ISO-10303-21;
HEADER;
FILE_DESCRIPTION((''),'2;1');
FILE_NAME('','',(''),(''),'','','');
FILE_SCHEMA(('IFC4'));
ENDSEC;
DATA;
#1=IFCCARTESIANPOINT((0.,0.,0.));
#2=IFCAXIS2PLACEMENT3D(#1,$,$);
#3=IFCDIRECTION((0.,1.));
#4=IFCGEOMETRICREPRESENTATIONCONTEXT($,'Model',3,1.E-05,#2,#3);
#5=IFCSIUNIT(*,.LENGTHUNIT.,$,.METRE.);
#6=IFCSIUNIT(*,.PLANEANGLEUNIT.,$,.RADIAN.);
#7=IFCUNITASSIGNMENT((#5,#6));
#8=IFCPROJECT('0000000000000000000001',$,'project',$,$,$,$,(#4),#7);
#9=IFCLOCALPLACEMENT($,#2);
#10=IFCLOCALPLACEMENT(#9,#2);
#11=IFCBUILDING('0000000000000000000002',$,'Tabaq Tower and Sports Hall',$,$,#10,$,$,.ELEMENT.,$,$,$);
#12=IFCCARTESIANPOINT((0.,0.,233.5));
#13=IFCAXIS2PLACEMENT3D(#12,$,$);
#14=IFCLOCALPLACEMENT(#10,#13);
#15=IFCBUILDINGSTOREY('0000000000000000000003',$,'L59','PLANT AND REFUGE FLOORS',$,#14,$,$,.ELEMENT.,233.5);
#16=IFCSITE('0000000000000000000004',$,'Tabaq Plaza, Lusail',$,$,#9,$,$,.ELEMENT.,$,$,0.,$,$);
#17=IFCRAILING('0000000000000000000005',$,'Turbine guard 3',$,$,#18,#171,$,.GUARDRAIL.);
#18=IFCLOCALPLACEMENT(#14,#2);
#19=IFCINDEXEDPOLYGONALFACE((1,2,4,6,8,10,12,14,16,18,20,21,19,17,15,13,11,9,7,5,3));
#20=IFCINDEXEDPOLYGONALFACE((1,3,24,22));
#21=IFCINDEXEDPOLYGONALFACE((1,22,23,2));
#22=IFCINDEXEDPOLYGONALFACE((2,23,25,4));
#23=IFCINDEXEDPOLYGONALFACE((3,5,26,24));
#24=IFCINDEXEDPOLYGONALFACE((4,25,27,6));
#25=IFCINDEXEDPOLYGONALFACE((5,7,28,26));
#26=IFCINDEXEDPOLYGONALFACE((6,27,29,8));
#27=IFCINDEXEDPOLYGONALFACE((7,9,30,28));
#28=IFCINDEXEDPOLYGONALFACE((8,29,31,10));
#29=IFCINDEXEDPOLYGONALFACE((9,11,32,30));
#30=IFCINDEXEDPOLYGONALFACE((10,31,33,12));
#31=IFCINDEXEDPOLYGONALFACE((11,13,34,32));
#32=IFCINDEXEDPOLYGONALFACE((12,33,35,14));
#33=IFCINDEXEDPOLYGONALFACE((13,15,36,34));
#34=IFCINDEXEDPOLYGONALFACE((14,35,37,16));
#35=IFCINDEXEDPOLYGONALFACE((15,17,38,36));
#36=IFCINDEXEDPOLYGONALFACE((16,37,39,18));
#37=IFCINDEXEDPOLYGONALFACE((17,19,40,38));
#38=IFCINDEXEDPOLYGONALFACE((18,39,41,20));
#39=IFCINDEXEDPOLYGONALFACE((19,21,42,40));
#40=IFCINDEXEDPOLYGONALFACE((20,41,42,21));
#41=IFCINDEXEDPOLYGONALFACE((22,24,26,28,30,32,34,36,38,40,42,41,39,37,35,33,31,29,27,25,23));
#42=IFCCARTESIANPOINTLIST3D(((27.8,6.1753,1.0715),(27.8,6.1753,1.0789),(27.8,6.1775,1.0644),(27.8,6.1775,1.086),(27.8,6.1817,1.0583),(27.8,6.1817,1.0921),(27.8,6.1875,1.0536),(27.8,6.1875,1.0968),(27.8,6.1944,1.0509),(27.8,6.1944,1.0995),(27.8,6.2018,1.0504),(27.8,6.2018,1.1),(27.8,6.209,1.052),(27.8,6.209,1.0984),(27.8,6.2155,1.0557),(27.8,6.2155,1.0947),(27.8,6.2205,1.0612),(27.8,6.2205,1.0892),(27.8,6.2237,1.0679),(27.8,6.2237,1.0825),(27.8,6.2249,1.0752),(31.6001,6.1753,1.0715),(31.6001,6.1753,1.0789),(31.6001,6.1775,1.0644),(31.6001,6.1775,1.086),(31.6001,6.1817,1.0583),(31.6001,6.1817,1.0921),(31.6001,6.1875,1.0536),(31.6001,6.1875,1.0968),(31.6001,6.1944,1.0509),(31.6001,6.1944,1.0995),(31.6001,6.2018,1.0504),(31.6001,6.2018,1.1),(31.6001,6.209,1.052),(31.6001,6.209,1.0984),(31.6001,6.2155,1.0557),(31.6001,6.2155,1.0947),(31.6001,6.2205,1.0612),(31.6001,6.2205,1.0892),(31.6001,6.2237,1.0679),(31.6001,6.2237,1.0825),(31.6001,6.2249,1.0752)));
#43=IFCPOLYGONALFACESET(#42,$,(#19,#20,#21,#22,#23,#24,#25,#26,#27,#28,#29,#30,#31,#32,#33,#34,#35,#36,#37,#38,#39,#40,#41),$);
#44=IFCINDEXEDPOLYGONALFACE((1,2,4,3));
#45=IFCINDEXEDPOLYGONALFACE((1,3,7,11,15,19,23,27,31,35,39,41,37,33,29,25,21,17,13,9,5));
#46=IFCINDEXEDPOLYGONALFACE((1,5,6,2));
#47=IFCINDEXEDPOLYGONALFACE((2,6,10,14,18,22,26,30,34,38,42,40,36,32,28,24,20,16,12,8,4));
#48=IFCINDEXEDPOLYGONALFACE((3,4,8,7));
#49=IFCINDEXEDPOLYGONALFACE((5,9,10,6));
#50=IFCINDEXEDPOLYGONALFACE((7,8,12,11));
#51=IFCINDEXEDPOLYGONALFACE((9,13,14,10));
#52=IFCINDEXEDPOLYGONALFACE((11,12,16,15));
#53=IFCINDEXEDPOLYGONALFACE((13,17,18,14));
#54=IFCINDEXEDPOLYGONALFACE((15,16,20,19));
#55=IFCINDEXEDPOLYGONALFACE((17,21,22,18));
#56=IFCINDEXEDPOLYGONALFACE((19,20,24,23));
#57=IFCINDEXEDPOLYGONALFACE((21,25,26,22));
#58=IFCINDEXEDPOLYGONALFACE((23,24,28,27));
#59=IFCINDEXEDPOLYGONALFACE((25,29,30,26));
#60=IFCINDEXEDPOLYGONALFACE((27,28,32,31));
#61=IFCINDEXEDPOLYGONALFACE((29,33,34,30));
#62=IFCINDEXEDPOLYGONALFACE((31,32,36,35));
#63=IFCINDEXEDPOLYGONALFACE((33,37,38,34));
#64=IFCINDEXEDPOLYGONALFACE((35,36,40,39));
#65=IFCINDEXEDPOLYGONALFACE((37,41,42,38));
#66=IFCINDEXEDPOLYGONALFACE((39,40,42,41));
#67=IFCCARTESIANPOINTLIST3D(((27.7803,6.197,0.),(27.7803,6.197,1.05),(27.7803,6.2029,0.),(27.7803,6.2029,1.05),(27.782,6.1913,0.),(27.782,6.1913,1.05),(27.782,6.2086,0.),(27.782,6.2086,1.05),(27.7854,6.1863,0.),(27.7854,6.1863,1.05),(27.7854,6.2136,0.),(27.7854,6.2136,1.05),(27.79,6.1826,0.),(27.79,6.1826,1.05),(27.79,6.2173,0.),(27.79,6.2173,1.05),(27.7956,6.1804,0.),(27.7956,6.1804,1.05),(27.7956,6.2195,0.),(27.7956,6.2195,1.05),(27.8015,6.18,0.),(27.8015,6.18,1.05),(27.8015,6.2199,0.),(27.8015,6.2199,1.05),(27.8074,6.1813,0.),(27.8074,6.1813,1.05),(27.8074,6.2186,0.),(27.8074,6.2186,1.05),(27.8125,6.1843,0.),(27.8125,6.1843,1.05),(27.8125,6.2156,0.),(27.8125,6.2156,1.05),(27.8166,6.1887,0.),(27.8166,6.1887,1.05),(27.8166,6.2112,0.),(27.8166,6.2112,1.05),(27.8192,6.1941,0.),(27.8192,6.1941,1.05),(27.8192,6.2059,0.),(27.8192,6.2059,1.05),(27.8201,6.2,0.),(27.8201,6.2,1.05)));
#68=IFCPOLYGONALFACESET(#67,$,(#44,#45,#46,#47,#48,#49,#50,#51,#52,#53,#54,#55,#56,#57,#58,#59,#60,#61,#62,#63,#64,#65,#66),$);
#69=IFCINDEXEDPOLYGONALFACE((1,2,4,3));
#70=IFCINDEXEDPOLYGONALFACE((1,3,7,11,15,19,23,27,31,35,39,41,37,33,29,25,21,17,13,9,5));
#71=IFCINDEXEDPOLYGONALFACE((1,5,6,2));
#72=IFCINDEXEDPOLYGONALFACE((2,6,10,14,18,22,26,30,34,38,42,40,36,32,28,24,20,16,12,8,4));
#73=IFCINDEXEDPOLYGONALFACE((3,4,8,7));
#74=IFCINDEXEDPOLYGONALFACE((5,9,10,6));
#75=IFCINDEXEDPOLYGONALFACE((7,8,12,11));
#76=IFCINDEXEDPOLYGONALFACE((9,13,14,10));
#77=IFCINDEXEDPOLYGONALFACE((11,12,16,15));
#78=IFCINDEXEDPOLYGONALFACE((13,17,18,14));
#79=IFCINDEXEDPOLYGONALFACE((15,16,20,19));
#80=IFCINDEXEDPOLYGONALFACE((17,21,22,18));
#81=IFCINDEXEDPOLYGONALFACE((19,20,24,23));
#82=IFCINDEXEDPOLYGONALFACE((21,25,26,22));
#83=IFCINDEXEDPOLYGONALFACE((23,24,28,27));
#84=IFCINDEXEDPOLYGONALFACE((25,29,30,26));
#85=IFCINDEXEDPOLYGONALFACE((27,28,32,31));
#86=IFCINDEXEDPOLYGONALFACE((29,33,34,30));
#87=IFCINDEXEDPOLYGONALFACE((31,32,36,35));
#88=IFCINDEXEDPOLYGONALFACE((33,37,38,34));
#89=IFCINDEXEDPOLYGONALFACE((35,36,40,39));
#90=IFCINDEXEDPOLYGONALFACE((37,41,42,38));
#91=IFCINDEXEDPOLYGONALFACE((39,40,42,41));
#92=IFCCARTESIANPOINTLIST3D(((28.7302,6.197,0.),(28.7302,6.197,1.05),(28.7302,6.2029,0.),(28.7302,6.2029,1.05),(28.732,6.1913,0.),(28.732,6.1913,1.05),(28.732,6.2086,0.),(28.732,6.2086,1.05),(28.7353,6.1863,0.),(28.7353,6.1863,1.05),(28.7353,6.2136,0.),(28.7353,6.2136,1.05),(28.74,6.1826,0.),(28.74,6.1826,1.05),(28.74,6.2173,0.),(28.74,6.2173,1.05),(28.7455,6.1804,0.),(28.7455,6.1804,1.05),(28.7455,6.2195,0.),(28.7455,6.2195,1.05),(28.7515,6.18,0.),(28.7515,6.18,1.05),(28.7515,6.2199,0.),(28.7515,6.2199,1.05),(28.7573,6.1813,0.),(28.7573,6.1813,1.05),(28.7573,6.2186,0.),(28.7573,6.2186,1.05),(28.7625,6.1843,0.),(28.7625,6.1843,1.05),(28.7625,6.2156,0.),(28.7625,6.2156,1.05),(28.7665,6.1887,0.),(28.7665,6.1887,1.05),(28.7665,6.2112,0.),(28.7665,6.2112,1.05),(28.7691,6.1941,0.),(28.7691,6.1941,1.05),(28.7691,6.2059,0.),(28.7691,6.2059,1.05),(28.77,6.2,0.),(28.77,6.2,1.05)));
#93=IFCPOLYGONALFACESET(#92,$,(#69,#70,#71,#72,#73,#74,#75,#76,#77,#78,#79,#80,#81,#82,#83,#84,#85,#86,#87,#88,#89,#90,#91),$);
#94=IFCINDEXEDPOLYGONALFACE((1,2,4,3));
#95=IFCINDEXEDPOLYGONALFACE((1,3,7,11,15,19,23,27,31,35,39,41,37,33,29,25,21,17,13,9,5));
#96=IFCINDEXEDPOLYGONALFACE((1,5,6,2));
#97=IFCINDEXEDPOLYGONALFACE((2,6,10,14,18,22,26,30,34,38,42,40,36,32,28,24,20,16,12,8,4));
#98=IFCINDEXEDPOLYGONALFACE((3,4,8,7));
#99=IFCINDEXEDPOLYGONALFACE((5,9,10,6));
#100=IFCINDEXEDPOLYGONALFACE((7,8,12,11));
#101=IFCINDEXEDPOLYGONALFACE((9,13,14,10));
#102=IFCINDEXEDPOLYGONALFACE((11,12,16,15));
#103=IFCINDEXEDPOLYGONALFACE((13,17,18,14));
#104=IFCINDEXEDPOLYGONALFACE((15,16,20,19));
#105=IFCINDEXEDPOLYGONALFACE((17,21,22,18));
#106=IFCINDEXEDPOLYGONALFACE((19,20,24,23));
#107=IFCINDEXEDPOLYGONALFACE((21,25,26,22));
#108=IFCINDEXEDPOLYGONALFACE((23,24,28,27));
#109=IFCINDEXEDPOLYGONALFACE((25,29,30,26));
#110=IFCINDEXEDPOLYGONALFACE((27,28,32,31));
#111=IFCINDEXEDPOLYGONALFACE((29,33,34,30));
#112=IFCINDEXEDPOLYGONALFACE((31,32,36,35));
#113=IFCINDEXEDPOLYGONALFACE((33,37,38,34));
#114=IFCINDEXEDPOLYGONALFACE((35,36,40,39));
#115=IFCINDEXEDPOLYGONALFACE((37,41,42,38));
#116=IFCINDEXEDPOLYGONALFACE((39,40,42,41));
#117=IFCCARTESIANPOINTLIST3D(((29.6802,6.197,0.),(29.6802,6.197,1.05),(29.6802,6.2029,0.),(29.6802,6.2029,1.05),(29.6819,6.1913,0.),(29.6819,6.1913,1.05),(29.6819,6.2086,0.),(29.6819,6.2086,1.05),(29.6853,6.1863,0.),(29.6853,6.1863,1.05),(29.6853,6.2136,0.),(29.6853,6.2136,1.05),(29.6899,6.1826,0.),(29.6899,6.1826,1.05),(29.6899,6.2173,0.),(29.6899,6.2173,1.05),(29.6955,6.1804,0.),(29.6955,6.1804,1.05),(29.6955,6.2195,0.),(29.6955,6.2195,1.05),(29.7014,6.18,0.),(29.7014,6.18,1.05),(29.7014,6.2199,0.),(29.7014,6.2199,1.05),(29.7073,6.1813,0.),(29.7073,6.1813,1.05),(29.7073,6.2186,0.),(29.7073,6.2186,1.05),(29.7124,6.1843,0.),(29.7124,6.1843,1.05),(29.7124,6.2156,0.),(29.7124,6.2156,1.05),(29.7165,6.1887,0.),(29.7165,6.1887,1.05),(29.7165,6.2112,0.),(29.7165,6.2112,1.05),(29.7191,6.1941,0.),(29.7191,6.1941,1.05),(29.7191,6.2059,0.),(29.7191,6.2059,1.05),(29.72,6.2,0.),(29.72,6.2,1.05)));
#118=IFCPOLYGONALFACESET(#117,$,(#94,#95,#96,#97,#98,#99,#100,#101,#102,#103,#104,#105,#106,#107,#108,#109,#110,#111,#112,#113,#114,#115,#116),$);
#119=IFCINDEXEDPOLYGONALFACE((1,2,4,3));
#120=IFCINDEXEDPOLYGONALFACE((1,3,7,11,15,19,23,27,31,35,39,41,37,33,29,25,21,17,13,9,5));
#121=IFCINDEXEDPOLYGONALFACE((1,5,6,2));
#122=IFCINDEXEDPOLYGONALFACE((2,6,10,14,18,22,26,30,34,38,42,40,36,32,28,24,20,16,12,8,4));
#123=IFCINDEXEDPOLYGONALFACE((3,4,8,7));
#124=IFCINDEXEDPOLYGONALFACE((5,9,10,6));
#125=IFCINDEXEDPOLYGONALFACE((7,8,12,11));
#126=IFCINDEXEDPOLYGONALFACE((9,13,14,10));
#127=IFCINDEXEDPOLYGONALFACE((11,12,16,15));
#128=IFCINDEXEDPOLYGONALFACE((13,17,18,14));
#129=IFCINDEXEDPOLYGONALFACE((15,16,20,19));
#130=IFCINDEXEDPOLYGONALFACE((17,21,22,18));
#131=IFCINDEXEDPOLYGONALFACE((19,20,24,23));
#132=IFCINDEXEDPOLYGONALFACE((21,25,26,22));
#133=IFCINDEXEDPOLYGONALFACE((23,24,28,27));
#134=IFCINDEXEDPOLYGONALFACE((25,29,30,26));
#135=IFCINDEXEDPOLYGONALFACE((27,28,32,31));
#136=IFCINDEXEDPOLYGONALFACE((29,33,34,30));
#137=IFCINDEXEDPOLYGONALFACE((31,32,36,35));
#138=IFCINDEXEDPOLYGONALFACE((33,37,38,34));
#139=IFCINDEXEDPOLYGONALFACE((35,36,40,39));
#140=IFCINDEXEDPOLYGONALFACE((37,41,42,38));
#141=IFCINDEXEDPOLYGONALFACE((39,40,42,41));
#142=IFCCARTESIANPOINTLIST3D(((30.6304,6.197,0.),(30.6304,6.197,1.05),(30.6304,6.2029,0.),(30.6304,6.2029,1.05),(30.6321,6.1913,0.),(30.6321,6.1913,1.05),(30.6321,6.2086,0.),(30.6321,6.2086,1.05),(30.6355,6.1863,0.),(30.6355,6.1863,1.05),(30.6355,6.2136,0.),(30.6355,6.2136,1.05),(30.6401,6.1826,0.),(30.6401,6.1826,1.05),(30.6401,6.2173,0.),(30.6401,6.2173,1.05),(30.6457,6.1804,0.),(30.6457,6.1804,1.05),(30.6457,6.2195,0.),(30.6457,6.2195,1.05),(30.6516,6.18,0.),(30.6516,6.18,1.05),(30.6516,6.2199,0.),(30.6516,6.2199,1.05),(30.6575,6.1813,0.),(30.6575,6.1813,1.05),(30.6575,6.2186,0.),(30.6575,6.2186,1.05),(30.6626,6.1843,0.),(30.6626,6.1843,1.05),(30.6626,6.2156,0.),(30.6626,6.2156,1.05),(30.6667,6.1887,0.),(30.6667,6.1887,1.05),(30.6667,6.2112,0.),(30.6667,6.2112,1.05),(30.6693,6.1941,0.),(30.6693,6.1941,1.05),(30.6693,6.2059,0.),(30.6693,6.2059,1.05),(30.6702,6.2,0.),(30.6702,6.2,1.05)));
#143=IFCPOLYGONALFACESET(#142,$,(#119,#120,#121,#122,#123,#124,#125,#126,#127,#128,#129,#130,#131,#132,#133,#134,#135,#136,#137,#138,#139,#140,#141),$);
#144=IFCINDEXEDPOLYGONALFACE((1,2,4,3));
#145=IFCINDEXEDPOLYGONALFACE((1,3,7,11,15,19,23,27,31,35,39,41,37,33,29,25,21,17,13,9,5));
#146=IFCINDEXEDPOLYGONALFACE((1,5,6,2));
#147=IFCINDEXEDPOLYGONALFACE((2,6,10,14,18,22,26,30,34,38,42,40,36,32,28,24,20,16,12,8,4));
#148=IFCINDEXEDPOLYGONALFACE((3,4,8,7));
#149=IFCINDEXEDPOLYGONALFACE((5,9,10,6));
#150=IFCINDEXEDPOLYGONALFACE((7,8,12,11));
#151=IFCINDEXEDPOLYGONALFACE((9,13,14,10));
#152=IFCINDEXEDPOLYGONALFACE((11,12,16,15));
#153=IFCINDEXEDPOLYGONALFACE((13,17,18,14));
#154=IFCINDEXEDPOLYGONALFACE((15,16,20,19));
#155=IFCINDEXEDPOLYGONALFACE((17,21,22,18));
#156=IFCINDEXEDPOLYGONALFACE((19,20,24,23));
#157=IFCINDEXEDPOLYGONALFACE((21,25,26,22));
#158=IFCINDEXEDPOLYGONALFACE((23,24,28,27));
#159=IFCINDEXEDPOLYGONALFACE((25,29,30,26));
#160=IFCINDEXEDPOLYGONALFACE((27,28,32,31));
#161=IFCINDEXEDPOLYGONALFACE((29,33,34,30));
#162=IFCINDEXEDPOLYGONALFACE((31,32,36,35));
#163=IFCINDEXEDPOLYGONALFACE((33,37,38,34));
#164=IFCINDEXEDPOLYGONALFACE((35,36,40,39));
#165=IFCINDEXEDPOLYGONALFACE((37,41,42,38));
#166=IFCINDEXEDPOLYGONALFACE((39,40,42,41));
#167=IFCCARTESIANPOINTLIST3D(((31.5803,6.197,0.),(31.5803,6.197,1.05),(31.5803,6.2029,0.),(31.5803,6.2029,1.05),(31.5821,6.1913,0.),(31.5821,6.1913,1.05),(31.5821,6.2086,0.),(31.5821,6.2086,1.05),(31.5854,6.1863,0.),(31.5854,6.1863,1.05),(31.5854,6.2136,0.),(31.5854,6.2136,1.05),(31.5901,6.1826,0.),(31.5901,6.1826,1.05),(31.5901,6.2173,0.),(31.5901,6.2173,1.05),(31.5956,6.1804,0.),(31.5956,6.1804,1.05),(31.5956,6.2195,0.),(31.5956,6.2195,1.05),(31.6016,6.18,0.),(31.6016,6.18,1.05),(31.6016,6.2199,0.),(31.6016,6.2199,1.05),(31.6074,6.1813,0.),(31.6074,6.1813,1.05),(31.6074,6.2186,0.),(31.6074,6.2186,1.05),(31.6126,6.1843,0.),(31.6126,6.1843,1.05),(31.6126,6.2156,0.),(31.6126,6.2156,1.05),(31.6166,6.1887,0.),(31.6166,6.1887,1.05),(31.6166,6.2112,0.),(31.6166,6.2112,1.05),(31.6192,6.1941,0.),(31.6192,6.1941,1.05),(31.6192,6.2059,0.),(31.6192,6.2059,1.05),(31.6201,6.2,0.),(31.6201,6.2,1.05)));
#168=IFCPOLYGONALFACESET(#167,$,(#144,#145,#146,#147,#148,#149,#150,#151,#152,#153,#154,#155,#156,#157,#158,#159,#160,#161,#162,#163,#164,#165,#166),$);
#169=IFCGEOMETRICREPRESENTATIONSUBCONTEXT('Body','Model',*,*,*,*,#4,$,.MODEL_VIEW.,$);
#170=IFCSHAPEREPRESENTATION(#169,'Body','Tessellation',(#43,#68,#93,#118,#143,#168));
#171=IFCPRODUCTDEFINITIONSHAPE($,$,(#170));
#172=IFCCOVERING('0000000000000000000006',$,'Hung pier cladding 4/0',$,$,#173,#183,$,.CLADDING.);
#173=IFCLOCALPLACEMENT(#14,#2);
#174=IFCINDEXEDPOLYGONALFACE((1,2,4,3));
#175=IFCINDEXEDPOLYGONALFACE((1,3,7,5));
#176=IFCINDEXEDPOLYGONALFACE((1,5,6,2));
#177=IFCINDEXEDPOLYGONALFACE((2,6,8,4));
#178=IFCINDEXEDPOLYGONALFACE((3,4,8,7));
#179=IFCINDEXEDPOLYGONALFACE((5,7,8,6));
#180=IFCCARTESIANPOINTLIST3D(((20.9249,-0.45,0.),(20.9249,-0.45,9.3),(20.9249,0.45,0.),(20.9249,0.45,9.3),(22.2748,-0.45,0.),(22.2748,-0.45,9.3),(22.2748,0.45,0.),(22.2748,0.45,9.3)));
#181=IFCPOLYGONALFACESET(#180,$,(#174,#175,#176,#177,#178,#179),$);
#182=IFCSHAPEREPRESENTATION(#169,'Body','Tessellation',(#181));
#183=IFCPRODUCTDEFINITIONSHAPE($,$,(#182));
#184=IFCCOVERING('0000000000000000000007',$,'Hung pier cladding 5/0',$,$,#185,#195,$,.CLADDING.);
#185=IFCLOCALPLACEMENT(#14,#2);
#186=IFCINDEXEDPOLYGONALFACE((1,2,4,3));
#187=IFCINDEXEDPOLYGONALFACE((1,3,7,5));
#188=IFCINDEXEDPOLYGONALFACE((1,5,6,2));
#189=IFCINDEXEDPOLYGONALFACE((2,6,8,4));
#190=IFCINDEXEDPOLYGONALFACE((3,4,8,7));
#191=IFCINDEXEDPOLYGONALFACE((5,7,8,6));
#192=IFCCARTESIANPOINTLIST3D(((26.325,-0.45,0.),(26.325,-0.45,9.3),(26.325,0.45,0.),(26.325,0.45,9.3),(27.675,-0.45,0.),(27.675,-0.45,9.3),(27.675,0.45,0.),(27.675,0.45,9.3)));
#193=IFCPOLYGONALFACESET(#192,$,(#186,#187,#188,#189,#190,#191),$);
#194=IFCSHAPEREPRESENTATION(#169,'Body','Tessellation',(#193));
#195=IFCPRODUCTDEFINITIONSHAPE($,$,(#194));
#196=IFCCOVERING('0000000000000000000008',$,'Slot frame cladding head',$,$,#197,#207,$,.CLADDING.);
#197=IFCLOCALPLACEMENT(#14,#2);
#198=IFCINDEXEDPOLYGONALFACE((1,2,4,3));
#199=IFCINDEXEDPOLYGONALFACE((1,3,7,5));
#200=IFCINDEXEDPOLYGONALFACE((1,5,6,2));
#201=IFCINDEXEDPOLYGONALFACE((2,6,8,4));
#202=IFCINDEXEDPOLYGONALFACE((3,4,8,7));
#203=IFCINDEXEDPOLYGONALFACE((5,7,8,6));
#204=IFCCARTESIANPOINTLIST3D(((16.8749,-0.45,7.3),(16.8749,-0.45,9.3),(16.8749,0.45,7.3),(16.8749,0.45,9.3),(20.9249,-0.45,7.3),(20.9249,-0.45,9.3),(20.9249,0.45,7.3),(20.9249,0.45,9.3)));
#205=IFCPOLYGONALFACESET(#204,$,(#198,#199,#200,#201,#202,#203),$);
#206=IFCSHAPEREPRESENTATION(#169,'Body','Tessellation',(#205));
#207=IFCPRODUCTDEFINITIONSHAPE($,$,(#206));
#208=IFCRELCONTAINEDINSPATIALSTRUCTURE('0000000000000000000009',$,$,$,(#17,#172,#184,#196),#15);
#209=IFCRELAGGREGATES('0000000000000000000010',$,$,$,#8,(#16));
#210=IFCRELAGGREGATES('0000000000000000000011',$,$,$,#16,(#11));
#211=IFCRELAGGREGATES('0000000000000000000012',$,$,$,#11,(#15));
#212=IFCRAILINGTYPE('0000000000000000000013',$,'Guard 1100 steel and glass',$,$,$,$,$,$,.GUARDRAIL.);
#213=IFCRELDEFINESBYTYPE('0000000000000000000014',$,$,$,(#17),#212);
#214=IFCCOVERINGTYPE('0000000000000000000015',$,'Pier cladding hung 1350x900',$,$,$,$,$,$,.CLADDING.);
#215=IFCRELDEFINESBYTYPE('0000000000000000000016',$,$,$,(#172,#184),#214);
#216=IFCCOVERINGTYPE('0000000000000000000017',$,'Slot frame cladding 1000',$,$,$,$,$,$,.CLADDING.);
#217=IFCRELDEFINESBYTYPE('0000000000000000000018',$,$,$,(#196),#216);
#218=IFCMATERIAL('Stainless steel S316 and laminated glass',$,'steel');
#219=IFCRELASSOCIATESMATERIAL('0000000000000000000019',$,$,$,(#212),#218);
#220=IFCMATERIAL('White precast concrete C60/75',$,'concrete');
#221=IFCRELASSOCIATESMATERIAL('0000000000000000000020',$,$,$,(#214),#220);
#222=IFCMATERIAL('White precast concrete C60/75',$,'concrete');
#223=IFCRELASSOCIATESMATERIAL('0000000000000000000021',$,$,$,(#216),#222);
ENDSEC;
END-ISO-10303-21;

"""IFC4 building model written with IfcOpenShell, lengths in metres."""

from ifc_helpers import new_model, si_unit, direction, frame, frame_2d, origin, origin_2d, place, context, subcontext, project, spatial, rectangle, circle, extrude, material, type_object, element, save


model = new_model("IFC4")

# Units and contexts
model_context = context("Model", 3, precision=1e-05, world=origin(), true_north=direction((0.0, 1.0)))
body_context = subcontext(model_context, "Body", "Model", "MODEL_VIEW")
ifc_project = project(units=[si_unit("LENGTHUNIT", "METRE"), si_unit("PLANEANGLEUNIT", "RADIAN")], contexts=[model_context])

# Site, building, storey
site_placement = place(None, origin())
site = spatial("IfcSite", under=ifc_project, at=site_placement, Name="Tabaq Plaza, Lusail", CompositionType="ELEMENT", RefElevation=0.0)
building_placement = place(site_placement, origin())
building = spatial("IfcBuilding", under=site, at=building_placement, Name="Tabaq Tower and Sports Hall", CompositionType="ELEMENT")
storey_placement = place(building_placement, frame((0.0, 0.0, 233.5)))
storey = spatial("IfcBuildingStorey", under=building, at=storey_placement, Name="L59", Description="PLANT AND REFUGE FLOORS", CompositionType="ELEMENT", Elevation=233.5)

# Railing
ifc_material_1 = material(Name="Stainless steel S316 and laminated glass", Category="steel")
railing_type = type_object("IfcRailingType", Name="Guard 1100 steel and glass", PredefinedType="GUARDRAIL", material=ifc_material_1)
railing_1_placement = place(storey_placement, frame((27.8, 6.2, 0.0)))
element("IfcRailing", 1, at=railing_1_placement, inside=storey, type_object=railing_type, Name="Turbine guard 3", PredefinedType="GUARDRAIL", context=body_context, shape_type="SweptSolid", body=[
    extrude(circle(Radius=0.0249, at=origin_2d()), frame((0.0, 0.0, 1.0752), z_axis=(1.0, 0.0, 0.0), x_axis=(0.0, 1.0, 0.0)), (0.0, 0.0, 1.0), 3.8),
    extrude(circle(Radius=0.02, at=origin_2d()), origin(), (0.0, 0.0, 1.0), 1.05),
    extrude(circle(Radius=0.02, at=origin_2d()), frame((0.95, 0.0, 0.0)), (0.0, 0.0, 1.0), 1.05),
    extrude(circle(Radius=0.02, at=origin_2d()), frame((1.8999, 0.0, 0.0)), (0.0, 0.0, 1.0), 1.05),
    extrude(circle(Radius=0.02, at=origin_2d()), frame((2.8501, 0.0, 0.0)), (0.0, 0.0, 1.0), 1.05),
    extrude(circle(Radius=0.02, at=origin_2d()), frame((3.8, 0.0, 0.0)), (0.0, 0.0, 1.0), 1.05),
])

# Coverings
ifc_material_2 = material(Name="White precast concrete C60/75", Category="concrete")
covering_type_1 = type_object("IfcCoveringType", Name="Pier cladding hung 1350x900", PredefinedType="CLADDING", material=ifc_material_2)
covering_1_placement = place(storey_placement, frame((20.925, 0.0, 0.0), z_axis=(0.0, 0.0, 1.0), x_axis=(1.0, 0.0, 0.0)))
element("IfcCovering", 2, at=covering_1_placement, inside=storey, type_object=covering_type_1, Name="Hung pier cladding 4/0", PredefinedType="CLADDING", context=body_context, shape_type="SweptSolid", body=[
    extrude(rectangle(XDim=1.3499, YDim=0.8999, at=frame_2d((0.6748, 0.0))), origin(), (0.0, 0.0, 1.0), 9.3),
])
covering_2_placement = place(storey_placement, frame((26.325, 0.0, 0.0), z_axis=(0.0, 0.0, 1.0), x_axis=(1.0, 0.0, 0.0)))
element("IfcCovering", 3, at=covering_2_placement, inside=storey, type_object=covering_type_1, Name="Hung pier cladding 5/0", PredefinedType="CLADDING", context=body_context, shape_type="SweptSolid", body=[
    extrude(rectangle(XDim=1.3501, YDim=0.8999, at=frame_2d((0.675, 0.0))), origin(), (0.0, 0.0, 1.0), 9.3),
])
ifc_material_3 = material(Name="White precast concrete C60/75", Category="concrete")
covering_type_2 = type_object("IfcCoveringType", Name="Slot frame cladding 1000", PredefinedType="CLADDING", material=ifc_material_3)
covering_3_placement = place(storey_placement, frame((18.8999, 0.0, 7.3), z_axis=(0.0, 0.0, 1.0), x_axis=(1.0, 0.0, 0.0)))
element("IfcCovering", 4, at=covering_3_placement, inside=storey, type_object=covering_type_2, Name="Slot frame cladding head", PredefinedType="CLADDING", context=body_context, shape_type="SweptSolid", body=[
    extrude(rectangle(XDim=4.05, YDim=0.8999, at=origin_2d()), origin(), (0.0, 0.0, 1.0), 2.0),
])

save(model, "model.ifc")
